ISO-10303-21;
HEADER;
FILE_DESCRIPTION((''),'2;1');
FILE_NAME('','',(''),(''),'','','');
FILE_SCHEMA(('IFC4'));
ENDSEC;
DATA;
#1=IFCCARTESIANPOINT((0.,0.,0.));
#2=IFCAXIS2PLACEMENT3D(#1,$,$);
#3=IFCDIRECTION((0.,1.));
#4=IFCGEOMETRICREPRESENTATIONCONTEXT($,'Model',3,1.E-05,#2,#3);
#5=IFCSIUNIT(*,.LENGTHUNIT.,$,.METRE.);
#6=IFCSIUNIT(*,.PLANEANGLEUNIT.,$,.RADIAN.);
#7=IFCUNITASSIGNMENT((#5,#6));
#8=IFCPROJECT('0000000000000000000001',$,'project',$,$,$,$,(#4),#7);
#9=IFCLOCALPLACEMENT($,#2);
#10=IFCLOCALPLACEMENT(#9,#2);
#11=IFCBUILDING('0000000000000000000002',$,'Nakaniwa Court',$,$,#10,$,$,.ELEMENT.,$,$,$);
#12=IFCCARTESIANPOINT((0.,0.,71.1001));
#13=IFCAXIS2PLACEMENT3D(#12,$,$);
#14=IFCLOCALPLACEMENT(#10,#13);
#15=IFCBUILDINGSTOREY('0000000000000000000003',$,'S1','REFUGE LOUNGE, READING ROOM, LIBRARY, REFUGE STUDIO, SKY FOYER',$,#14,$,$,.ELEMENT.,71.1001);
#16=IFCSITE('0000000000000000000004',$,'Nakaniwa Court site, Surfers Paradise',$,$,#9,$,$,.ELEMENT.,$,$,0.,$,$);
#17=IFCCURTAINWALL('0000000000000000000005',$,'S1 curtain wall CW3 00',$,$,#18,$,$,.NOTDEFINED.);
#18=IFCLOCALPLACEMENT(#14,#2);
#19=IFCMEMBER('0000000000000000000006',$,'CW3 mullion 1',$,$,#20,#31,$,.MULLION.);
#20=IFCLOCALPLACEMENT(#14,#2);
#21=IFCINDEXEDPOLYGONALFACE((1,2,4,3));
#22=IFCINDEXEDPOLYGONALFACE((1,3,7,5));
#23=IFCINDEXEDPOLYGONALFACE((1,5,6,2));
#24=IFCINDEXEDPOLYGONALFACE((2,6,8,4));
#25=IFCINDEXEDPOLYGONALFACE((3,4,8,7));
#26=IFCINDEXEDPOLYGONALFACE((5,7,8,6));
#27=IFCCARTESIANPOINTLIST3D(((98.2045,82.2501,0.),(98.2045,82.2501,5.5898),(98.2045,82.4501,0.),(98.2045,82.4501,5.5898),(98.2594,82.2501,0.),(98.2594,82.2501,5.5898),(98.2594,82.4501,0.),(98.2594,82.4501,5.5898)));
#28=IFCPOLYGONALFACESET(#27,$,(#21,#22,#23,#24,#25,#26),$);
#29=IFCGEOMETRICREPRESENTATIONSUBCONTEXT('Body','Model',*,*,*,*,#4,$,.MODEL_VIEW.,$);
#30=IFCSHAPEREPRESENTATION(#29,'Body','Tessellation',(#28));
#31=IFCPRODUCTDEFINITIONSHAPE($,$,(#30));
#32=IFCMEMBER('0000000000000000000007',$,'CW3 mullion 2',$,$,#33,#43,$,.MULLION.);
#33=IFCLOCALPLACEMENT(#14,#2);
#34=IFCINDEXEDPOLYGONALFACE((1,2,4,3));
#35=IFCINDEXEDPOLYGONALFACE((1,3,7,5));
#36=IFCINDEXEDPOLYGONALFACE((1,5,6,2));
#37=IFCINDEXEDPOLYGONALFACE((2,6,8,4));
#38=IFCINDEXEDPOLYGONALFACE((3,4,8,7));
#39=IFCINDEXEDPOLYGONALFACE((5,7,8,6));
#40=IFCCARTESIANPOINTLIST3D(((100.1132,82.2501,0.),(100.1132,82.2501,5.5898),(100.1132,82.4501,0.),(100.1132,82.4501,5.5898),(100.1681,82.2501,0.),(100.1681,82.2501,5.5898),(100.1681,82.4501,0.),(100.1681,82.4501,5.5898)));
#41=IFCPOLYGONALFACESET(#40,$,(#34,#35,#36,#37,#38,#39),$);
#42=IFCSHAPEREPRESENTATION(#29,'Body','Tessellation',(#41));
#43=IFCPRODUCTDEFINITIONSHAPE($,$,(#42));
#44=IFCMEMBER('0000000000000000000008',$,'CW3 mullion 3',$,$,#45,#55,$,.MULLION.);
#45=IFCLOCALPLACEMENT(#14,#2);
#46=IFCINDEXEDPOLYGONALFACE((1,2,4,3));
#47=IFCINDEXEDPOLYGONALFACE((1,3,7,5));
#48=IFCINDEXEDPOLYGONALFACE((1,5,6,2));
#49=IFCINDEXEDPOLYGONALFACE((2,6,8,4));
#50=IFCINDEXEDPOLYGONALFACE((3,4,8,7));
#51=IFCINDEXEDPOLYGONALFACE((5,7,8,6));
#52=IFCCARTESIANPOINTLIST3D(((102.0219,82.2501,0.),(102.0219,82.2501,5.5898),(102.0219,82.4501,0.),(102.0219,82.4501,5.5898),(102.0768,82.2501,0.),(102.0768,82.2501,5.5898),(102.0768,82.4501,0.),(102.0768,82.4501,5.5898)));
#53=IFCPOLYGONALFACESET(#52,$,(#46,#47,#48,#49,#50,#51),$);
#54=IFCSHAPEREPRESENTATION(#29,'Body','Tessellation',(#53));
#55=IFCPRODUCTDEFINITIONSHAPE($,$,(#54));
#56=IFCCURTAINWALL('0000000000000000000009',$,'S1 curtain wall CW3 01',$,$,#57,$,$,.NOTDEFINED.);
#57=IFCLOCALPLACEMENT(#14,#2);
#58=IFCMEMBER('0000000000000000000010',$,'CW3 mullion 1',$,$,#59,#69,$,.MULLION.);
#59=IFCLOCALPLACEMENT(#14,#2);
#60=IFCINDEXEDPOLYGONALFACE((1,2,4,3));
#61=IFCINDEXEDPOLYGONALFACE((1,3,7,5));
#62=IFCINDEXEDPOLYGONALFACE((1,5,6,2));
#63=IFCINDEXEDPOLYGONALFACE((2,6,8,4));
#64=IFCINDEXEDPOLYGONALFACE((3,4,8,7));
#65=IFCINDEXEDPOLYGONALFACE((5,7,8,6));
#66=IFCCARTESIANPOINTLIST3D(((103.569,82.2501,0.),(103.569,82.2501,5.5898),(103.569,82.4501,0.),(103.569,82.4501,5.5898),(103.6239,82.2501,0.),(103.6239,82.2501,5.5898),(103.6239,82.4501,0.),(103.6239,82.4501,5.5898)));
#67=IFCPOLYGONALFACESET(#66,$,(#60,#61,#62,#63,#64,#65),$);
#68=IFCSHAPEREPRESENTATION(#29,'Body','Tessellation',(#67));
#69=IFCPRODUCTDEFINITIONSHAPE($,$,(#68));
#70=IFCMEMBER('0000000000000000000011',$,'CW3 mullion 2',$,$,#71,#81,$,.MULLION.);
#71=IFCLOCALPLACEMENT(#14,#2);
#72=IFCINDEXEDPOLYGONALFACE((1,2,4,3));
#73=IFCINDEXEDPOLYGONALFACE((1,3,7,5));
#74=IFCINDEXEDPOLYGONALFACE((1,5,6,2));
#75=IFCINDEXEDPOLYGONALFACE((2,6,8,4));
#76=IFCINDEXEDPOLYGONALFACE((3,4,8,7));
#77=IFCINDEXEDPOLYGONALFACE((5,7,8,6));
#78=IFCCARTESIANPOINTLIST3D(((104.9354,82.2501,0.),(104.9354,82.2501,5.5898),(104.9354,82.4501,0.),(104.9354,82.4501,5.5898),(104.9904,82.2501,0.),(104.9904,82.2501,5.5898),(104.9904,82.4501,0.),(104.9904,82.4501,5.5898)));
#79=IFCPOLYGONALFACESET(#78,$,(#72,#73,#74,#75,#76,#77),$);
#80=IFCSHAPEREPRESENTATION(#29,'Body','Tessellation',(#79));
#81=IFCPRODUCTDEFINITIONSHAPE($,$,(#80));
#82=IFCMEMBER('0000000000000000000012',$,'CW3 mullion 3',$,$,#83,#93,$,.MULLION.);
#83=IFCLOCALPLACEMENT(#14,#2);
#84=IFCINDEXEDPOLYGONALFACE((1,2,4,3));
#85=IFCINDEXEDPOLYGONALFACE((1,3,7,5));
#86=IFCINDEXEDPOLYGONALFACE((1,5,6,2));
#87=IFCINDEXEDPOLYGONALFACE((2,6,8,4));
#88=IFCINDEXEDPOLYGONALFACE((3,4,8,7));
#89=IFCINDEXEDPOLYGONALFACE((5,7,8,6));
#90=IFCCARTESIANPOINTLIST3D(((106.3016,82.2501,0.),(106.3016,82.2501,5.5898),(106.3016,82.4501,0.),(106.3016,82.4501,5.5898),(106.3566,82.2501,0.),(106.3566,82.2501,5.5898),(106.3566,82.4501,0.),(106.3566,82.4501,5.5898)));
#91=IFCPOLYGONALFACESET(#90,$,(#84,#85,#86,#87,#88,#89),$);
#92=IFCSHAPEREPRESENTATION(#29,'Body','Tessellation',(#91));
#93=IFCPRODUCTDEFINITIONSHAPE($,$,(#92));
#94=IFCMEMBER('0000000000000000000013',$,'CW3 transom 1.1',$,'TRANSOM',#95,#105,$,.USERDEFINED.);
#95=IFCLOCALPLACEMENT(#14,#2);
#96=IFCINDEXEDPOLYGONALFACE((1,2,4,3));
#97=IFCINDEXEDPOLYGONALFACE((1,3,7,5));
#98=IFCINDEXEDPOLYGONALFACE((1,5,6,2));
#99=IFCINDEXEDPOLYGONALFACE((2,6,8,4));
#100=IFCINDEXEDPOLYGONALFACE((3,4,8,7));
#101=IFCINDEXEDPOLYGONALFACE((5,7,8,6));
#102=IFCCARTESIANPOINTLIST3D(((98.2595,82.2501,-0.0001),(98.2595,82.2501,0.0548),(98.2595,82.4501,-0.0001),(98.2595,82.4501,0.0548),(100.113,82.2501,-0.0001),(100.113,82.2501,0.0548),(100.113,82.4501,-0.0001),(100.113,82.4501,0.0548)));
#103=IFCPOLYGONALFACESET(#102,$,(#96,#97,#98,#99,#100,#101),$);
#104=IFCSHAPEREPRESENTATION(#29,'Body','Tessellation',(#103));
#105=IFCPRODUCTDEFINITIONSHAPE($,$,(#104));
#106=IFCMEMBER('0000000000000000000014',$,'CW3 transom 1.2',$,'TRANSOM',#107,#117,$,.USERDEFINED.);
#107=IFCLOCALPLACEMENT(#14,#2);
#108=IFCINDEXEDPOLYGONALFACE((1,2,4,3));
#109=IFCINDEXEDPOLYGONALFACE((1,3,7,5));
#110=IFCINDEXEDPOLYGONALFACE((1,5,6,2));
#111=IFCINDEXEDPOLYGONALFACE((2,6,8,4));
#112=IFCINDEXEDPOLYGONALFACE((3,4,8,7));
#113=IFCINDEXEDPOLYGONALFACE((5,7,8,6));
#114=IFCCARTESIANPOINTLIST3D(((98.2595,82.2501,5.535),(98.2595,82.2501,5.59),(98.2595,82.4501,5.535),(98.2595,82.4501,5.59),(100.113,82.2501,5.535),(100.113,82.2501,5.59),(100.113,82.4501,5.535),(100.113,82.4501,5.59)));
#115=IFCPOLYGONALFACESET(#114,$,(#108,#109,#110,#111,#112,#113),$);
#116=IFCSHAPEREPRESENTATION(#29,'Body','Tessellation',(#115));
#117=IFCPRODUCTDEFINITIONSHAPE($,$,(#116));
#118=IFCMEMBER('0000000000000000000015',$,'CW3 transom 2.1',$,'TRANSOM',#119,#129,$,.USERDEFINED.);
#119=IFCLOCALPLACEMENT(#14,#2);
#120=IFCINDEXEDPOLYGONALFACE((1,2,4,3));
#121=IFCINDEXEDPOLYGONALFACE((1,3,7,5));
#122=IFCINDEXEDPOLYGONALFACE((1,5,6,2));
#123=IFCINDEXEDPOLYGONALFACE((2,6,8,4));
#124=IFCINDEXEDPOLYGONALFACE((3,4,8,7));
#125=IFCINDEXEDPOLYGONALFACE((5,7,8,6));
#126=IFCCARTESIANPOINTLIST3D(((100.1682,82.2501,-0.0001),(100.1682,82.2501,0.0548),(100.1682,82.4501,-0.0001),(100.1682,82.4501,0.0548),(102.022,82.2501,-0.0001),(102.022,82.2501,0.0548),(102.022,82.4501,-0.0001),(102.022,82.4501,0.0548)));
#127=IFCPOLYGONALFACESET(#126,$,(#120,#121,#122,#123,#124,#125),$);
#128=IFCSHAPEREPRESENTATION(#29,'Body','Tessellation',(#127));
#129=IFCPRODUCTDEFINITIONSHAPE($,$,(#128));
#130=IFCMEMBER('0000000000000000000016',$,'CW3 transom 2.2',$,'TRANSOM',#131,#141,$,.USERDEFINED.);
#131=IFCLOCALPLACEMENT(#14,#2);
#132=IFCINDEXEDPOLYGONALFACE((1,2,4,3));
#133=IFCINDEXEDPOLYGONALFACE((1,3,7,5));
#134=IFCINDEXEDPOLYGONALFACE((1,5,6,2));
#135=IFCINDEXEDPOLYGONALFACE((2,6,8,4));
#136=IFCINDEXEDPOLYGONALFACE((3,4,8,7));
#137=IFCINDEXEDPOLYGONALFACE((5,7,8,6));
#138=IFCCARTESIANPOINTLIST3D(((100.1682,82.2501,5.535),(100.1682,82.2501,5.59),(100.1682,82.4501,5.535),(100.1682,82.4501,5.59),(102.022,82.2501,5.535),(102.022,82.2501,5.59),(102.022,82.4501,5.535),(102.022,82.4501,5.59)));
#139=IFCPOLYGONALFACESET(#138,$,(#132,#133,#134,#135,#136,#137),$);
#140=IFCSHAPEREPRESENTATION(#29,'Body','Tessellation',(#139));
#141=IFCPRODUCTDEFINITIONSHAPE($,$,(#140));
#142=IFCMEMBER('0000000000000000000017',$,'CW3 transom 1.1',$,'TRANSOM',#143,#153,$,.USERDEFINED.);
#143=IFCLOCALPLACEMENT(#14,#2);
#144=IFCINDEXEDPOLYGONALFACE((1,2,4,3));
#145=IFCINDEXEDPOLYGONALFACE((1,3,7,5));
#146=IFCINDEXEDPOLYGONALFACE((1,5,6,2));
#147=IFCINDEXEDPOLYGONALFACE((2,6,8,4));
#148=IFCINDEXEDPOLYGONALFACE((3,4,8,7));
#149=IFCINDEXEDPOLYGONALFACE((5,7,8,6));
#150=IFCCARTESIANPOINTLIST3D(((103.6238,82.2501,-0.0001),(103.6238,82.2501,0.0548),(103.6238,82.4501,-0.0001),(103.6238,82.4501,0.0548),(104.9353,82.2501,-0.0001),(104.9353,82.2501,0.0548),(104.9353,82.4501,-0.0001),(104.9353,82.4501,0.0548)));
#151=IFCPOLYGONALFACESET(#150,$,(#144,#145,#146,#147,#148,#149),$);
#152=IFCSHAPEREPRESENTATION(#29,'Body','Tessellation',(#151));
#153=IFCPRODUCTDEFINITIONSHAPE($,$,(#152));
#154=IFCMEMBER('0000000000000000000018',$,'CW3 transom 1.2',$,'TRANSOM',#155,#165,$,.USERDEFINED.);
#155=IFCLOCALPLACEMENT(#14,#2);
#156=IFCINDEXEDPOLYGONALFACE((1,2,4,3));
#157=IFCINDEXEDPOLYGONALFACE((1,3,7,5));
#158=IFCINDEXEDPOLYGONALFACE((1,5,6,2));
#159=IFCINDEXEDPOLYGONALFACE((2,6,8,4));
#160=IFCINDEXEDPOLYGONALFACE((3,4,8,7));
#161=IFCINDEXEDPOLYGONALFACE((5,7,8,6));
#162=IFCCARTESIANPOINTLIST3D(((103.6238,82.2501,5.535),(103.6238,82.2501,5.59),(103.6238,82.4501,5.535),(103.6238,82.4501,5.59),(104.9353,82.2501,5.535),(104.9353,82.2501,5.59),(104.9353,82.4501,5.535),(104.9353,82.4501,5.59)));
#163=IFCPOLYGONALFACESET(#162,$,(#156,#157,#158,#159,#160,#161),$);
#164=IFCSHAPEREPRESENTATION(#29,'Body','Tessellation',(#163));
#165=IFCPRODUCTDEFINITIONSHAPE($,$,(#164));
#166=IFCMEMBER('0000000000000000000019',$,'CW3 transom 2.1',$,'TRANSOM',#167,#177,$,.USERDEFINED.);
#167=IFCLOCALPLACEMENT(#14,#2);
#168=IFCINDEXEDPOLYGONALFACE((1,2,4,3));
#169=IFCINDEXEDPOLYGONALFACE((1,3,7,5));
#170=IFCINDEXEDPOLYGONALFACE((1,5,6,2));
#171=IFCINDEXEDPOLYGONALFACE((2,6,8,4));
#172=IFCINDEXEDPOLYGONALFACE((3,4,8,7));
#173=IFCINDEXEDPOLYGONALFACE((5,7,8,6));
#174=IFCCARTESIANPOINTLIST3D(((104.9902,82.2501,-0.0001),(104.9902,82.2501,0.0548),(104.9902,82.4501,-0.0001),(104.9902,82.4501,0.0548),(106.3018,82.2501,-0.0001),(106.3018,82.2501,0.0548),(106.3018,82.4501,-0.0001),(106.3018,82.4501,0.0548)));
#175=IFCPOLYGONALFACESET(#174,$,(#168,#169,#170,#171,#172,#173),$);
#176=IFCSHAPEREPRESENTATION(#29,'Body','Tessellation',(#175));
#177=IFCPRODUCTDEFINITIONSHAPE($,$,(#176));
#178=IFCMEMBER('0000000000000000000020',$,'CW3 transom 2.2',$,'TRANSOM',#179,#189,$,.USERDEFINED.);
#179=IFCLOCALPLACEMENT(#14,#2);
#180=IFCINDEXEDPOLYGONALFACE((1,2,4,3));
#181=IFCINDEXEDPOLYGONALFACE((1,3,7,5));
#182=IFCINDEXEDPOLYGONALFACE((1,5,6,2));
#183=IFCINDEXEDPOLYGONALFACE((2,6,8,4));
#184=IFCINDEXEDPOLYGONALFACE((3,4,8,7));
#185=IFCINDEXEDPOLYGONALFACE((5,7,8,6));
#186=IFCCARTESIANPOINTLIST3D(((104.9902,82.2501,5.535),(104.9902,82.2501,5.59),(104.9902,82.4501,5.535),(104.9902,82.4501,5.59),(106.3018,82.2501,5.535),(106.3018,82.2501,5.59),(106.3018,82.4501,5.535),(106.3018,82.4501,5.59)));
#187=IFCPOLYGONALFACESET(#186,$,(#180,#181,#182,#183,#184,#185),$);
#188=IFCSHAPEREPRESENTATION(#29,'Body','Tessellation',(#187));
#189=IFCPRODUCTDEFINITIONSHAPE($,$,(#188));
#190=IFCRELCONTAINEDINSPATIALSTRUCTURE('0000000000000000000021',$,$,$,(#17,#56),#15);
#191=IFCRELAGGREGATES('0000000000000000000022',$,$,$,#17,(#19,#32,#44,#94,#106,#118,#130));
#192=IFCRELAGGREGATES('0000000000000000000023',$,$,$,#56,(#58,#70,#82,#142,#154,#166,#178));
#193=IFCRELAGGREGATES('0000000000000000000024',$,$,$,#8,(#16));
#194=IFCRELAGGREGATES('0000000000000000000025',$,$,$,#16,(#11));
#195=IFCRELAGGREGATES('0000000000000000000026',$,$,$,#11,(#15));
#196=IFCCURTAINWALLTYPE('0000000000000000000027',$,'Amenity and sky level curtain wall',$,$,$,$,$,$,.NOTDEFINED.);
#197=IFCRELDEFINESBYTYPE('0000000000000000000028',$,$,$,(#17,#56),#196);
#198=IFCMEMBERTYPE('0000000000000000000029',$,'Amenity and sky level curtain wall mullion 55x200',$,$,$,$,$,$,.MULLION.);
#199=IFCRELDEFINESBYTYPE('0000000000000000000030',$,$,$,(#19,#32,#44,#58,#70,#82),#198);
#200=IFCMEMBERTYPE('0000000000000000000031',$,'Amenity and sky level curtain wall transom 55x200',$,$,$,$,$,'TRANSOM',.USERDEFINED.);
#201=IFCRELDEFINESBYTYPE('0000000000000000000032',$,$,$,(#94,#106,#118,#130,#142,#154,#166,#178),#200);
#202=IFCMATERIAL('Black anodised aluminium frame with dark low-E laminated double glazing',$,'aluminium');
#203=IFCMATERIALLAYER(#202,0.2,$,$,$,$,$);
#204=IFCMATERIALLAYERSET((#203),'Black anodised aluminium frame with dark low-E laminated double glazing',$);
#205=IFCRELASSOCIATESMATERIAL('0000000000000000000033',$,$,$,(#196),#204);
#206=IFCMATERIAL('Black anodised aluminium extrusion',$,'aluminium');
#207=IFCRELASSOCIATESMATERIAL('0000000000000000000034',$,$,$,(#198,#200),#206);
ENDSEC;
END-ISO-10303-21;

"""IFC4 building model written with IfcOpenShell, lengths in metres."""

from ifc_helpers import new_model, si_unit, direction, frame, origin, origin_2d, place, context, subcontext, project, spatial, rectangle, extrude, material, layer, layer_set, material_profile, profile_set, type_object, element, aggregate, save


model = new_model("IFC4")

# Units and contexts
model_context = context("Model", 3, precision=1e-05, world=origin(), true_north=direction((0.0, 1.0)))
body_context = subcontext(model_context, "Body", "Model", "MODEL_VIEW")
ifc_project = project(units=[si_unit("LENGTHUNIT", "METRE"), si_unit("PLANEANGLEUNIT", "RADIAN")], contexts=[model_context])

# Site, building, storey
site_placement = place(None, origin())
site = spatial("IfcSite", under=ifc_project, at=site_placement, Name="Nakaniwa Court site, Surfers Paradise", CompositionType="ELEMENT", RefElevation=0.0)
building_placement = place(site_placement, origin())
building = spatial("IfcBuilding", under=site, at=building_placement, Name="Nakaniwa Court", CompositionType="ELEMENT")
storey_placement = place(building_placement, frame((0.0, 0.0, 71.1001)))
storey = spatial("IfcBuildingStorey", under=building, at=storey_placement, Name="S1", Description="REFUGE LOUNGE, READING ROOM, LIBRARY, REFUGE STUDIO, SKY FOYER", CompositionType="ELEMENT", Elevation=71.1001)

# Curtain walls, members
ifc_material_1 = material(Name="Black anodised aluminium frame with dark low-E laminated double glazing", Category="aluminium")
ifc_layer_1 = layer(ifc_material_1, 0.2)
ifc_layer_set_1 = layer_set([ifc_layer_1], Name="Black anodised aluminium frame with dark low-E laminated double glazing")
curtain_wall_type = type_object("IfcCurtainWallType", Name="Amenity and sky level curtain wall", PredefinedType="NOTDEFINED", material=ifc_layer_set_1)
curtain_wall_1_placement = place(storey_placement, origin())
curtain_wall_1 = element("IfcCurtainWall", 1, at=curtain_wall_1_placement, inside=storey, type_object=curtain_wall_type, Name="S1 curtain wall CW3 00", PredefinedType="NOTDEFINED")
ifc_material_2 = material(Name="Black anodised aluminium extrusion", Category="aluminium")
ifc_material_profile_1 = material_profile(ifc_material_2, rectangle(XDim=0.2, YDim=0.0549, at=origin_2d()), Name="Amenity and sky level curtain wall mullion 55x200")
ifc_profile_set_1 = profile_set([ifc_material_profile_1], Name="Black anodised aluminium extrusion")
member_type_1 = type_object("IfcMemberType", Name="Amenity and sky level curtain wall mullion 55x200", PredefinedType="MULLION", material=ifc_profile_set_1)
member_1_placement = place(storey_placement, frame((98.2319, 82.3501, 0.0), z_axis=(0.0, 0.0, 1.0), x_axis=(0.0, 1.0, 0.0)))
member_1 = element("IfcMember", 2, at=member_1_placement, type_object=member_type_1, Name="CW3 mullion 1", PredefinedType="MULLION", context=body_context, shape_type="SweptSolid", body=[
    extrude(rectangle(XDim=0.2, YDim=0.0549, at=origin_2d()), origin(), (0.0, 0.0, 1.0), 5.5898),
])
member_2_placement = place(storey_placement, frame((100.1406, 82.3501, 0.0), z_axis=(0.0, 0.0, 1.0), x_axis=(0.0, 1.0, 0.0)))
member_2 = element("IfcMember", 3, at=member_2_placement, type_object=member_type_1, Name="CW3 mullion 2", PredefinedType="MULLION", context=body_context, shape_type="SweptSolid", body=[
    extrude(rectangle(XDim=0.2, YDim=0.0549, at=origin_2d()), origin(), (0.0, 0.0, 1.0), 5.5898),
])
member_3_placement = place(storey_placement, frame((102.0493, 82.3501, 0.0), z_axis=(0.0, 0.0, 1.0), x_axis=(0.0, 1.0, 0.0)))
member_3 = element("IfcMember", 4, at=member_3_placement, type_object=member_type_1, Name="CW3 mullion 3", PredefinedType="MULLION", context=body_context, shape_type="SweptSolid", body=[
    extrude(rectangle(XDim=0.2, YDim=0.0549, at=origin_2d()), origin(), (0.0, 0.0, 1.0), 5.5898),
])
curtain_wall_2_placement = place(storey_placement, origin())
curtain_wall_2 = element("IfcCurtainWall", 5, at=curtain_wall_2_placement, inside=storey, type_object=curtain_wall_type, Name="S1 curtain wall CW3 01", PredefinedType="NOTDEFINED")
member_4_placement = place(storey_placement, frame((103.5964, 82.3501, 0.0), z_axis=(0.0, 0.0, 1.0), x_axis=(0.0, 1.0, 0.0)))
member_4 = element("IfcMember", 6, at=member_4_placement, type_object=member_type_1, Name="CW3 mullion 1", PredefinedType="MULLION", context=body_context, shape_type="SweptSolid", body=[
    extrude(rectangle(XDim=0.2, YDim=0.0549, at=origin_2d()), origin(), (0.0, 0.0, 1.0), 5.5898),
])
member_5_placement = place(storey_placement, frame((104.9629, 82.3501, 0.0), z_axis=(0.0, 0.0, 1.0), x_axis=(0.0, 1.0, 0.0)))
member_5 = element("IfcMember", 7, at=member_5_placement, type_object=member_type_1, Name="CW3 mullion 2", PredefinedType="MULLION", context=body_context, shape_type="SweptSolid", body=[
    extrude(rectangle(XDim=0.2, YDim=0.0549, at=origin_2d()), origin(), (0.0, 0.0, 1.0), 5.5898),
])
member_6_placement = place(storey_placement, frame((106.3291, 82.3501, 0.0), z_axis=(0.0, 0.0, 1.0), x_axis=(0.0, 1.0, 0.0)))
member_6 = element("IfcMember", 8, at=member_6_placement, type_object=member_type_1, Name="CW3 mullion 3", PredefinedType="MULLION", context=body_context, shape_type="SweptSolid", body=[
    extrude(rectangle(XDim=0.2, YDim=0.0549, at=origin_2d()), origin(), (0.0, 0.0, 1.0), 5.5898),
])

# Members
ifc_material_profile_2 = material_profile(ifc_material_2, rectangle(XDim=0.2, YDim=0.0549, at=origin_2d()), Name="Amenity and sky level curtain wall transom 55x200")
ifc_profile_set_2 = profile_set([ifc_material_profile_2], Name="Black anodised aluminium extrusion")
member_type_2 = type_object("IfcMemberType", Name="Amenity and sky level curtain wall transom 55x200", ElementType="TRANSOM", PredefinedType="USERDEFINED", material=ifc_profile_set_2)
member_7_placement = place(storey_placement, frame((98.2595, 82.3501, 0.0273), z_axis=(1.0, 0.0, 0.0), x_axis=(0.0, 1.0, 0.0)))
member_7 = element("IfcMember", 9, at=member_7_placement, type_object=member_type_2, Name="CW3 transom 1.1", ObjectType="TRANSOM", PredefinedType="USERDEFINED", context=body_context, shape_type="SweptSolid", body=[
    extrude(rectangle(XDim=0.2, YDim=0.0549, at=origin_2d()), origin(), (0.0, 0.0, 1.0), 1.8535),
])
member_8_placement = place(storey_placement, frame((98.2595, 82.3501, 5.5625), z_axis=(1.0, 0.0, 0.0), x_axis=(0.0, 1.0, 0.0)))
member_8 = element("IfcMember", 10, at=member_8_placement, type_object=member_type_2, Name="CW3 transom 1.2", ObjectType="TRANSOM", PredefinedType="USERDEFINED", context=body_context, shape_type="SweptSolid", body=[
    extrude(rectangle(XDim=0.2, YDim=0.0549, at=origin_2d()), origin(), (0.0, 0.0, 1.0), 1.8535),
])
member_9_placement = place(storey_placement, frame((100.1682, 82.3501, 0.0273), z_axis=(1.0, 0.0, 0.0), x_axis=(0.0, 1.0, 0.0)))
member_9 = element("IfcMember", 11, at=member_9_placement, type_object=member_type_2, Name="CW3 transom 2.1", ObjectType="TRANSOM", PredefinedType="USERDEFINED", context=body_context, shape_type="SweptSolid", body=[
    extrude(rectangle(XDim=0.2, YDim=0.0549, at=origin_2d()), origin(), (0.0, 0.0, 1.0), 1.8538),
])
member_10_placement = place(storey_placement, frame((100.1682, 82.3501, 5.5625), z_axis=(1.0, 0.0, 0.0), x_axis=(0.0, 1.0, 0.0)))
member_10 = element("IfcMember", 12, at=member_10_placement, type_object=member_type_2, Name="CW3 transom 2.2", ObjectType="TRANSOM", PredefinedType="USERDEFINED", context=body_context, shape_type="SweptSolid", body=[
    extrude(rectangle(XDim=0.2, YDim=0.0549, at=origin_2d()), origin(), (0.0, 0.0, 1.0), 1.8538),
])
member_11_placement = place(storey_placement, frame((103.6238, 82.3501, 0.0273), z_axis=(1.0, 0.0, 0.0), x_axis=(0.0, 1.0, 0.0)))
member_11 = element("IfcMember", 13, at=member_11_placement, type_object=member_type_2, Name="CW3 transom 1.1", ObjectType="TRANSOM", PredefinedType="USERDEFINED", context=body_context, shape_type="SweptSolid", body=[
    extrude(rectangle(XDim=0.2, YDim=0.0549, at=origin_2d()), origin(), (0.0, 0.0, 1.0), 1.3115),
])
member_12_placement = place(storey_placement, frame((103.6238, 82.3501, 5.5625), z_axis=(1.0, 0.0, 0.0), x_axis=(0.0, 1.0, 0.0)))
member_12 = element("IfcMember", 14, at=member_12_placement, type_object=member_type_2, Name="CW3 transom 1.2", ObjectType="TRANSOM", PredefinedType="USERDEFINED", context=body_context, shape_type="SweptSolid", body=[
    extrude(rectangle(XDim=0.2, YDim=0.0549, at=origin_2d()), origin(), (0.0, 0.0, 1.0), 1.3115),
])
member_13_placement = place(storey_placement, frame((104.9902, 82.3501, 0.0273), z_axis=(1.0, 0.0, 0.0), x_axis=(0.0, 1.0, 0.0)))
member_13 = element("IfcMember", 15, at=member_13_placement, type_object=member_type_2, Name="CW3 transom 2.1", ObjectType="TRANSOM", PredefinedType="USERDEFINED", context=body_context, shape_type="SweptSolid", body=[
    extrude(rectangle(XDim=0.2, YDim=0.0549, at=origin_2d()), origin(), (0.0, 0.0, 1.0), 1.3115),
])
member_14_placement = place(storey_placement, frame((104.9902, 82.3501, 5.5625), z_axis=(1.0, 0.0, 0.0), x_axis=(0.0, 1.0, 0.0)))
member_14 = element("IfcMember", 16, at=member_14_placement, type_object=member_type_2, Name="CW3 transom 2.2", ObjectType="TRANSOM", PredefinedType="USERDEFINED", context=body_context, shape_type="SweptSolid", body=[
    extrude(rectangle(XDim=0.2, YDim=0.0549, at=origin_2d()), origin(), (0.0, 0.0, 1.0), 1.3115),
])

aggregate(curtain_wall_1, [member_1, member_2, member_3, member_7, member_8, member_9, member_10])
aggregate(curtain_wall_2, [member_4, member_5, member_6, member_11, member_12, member_13, member_14])

save(model, "model.ifc")
